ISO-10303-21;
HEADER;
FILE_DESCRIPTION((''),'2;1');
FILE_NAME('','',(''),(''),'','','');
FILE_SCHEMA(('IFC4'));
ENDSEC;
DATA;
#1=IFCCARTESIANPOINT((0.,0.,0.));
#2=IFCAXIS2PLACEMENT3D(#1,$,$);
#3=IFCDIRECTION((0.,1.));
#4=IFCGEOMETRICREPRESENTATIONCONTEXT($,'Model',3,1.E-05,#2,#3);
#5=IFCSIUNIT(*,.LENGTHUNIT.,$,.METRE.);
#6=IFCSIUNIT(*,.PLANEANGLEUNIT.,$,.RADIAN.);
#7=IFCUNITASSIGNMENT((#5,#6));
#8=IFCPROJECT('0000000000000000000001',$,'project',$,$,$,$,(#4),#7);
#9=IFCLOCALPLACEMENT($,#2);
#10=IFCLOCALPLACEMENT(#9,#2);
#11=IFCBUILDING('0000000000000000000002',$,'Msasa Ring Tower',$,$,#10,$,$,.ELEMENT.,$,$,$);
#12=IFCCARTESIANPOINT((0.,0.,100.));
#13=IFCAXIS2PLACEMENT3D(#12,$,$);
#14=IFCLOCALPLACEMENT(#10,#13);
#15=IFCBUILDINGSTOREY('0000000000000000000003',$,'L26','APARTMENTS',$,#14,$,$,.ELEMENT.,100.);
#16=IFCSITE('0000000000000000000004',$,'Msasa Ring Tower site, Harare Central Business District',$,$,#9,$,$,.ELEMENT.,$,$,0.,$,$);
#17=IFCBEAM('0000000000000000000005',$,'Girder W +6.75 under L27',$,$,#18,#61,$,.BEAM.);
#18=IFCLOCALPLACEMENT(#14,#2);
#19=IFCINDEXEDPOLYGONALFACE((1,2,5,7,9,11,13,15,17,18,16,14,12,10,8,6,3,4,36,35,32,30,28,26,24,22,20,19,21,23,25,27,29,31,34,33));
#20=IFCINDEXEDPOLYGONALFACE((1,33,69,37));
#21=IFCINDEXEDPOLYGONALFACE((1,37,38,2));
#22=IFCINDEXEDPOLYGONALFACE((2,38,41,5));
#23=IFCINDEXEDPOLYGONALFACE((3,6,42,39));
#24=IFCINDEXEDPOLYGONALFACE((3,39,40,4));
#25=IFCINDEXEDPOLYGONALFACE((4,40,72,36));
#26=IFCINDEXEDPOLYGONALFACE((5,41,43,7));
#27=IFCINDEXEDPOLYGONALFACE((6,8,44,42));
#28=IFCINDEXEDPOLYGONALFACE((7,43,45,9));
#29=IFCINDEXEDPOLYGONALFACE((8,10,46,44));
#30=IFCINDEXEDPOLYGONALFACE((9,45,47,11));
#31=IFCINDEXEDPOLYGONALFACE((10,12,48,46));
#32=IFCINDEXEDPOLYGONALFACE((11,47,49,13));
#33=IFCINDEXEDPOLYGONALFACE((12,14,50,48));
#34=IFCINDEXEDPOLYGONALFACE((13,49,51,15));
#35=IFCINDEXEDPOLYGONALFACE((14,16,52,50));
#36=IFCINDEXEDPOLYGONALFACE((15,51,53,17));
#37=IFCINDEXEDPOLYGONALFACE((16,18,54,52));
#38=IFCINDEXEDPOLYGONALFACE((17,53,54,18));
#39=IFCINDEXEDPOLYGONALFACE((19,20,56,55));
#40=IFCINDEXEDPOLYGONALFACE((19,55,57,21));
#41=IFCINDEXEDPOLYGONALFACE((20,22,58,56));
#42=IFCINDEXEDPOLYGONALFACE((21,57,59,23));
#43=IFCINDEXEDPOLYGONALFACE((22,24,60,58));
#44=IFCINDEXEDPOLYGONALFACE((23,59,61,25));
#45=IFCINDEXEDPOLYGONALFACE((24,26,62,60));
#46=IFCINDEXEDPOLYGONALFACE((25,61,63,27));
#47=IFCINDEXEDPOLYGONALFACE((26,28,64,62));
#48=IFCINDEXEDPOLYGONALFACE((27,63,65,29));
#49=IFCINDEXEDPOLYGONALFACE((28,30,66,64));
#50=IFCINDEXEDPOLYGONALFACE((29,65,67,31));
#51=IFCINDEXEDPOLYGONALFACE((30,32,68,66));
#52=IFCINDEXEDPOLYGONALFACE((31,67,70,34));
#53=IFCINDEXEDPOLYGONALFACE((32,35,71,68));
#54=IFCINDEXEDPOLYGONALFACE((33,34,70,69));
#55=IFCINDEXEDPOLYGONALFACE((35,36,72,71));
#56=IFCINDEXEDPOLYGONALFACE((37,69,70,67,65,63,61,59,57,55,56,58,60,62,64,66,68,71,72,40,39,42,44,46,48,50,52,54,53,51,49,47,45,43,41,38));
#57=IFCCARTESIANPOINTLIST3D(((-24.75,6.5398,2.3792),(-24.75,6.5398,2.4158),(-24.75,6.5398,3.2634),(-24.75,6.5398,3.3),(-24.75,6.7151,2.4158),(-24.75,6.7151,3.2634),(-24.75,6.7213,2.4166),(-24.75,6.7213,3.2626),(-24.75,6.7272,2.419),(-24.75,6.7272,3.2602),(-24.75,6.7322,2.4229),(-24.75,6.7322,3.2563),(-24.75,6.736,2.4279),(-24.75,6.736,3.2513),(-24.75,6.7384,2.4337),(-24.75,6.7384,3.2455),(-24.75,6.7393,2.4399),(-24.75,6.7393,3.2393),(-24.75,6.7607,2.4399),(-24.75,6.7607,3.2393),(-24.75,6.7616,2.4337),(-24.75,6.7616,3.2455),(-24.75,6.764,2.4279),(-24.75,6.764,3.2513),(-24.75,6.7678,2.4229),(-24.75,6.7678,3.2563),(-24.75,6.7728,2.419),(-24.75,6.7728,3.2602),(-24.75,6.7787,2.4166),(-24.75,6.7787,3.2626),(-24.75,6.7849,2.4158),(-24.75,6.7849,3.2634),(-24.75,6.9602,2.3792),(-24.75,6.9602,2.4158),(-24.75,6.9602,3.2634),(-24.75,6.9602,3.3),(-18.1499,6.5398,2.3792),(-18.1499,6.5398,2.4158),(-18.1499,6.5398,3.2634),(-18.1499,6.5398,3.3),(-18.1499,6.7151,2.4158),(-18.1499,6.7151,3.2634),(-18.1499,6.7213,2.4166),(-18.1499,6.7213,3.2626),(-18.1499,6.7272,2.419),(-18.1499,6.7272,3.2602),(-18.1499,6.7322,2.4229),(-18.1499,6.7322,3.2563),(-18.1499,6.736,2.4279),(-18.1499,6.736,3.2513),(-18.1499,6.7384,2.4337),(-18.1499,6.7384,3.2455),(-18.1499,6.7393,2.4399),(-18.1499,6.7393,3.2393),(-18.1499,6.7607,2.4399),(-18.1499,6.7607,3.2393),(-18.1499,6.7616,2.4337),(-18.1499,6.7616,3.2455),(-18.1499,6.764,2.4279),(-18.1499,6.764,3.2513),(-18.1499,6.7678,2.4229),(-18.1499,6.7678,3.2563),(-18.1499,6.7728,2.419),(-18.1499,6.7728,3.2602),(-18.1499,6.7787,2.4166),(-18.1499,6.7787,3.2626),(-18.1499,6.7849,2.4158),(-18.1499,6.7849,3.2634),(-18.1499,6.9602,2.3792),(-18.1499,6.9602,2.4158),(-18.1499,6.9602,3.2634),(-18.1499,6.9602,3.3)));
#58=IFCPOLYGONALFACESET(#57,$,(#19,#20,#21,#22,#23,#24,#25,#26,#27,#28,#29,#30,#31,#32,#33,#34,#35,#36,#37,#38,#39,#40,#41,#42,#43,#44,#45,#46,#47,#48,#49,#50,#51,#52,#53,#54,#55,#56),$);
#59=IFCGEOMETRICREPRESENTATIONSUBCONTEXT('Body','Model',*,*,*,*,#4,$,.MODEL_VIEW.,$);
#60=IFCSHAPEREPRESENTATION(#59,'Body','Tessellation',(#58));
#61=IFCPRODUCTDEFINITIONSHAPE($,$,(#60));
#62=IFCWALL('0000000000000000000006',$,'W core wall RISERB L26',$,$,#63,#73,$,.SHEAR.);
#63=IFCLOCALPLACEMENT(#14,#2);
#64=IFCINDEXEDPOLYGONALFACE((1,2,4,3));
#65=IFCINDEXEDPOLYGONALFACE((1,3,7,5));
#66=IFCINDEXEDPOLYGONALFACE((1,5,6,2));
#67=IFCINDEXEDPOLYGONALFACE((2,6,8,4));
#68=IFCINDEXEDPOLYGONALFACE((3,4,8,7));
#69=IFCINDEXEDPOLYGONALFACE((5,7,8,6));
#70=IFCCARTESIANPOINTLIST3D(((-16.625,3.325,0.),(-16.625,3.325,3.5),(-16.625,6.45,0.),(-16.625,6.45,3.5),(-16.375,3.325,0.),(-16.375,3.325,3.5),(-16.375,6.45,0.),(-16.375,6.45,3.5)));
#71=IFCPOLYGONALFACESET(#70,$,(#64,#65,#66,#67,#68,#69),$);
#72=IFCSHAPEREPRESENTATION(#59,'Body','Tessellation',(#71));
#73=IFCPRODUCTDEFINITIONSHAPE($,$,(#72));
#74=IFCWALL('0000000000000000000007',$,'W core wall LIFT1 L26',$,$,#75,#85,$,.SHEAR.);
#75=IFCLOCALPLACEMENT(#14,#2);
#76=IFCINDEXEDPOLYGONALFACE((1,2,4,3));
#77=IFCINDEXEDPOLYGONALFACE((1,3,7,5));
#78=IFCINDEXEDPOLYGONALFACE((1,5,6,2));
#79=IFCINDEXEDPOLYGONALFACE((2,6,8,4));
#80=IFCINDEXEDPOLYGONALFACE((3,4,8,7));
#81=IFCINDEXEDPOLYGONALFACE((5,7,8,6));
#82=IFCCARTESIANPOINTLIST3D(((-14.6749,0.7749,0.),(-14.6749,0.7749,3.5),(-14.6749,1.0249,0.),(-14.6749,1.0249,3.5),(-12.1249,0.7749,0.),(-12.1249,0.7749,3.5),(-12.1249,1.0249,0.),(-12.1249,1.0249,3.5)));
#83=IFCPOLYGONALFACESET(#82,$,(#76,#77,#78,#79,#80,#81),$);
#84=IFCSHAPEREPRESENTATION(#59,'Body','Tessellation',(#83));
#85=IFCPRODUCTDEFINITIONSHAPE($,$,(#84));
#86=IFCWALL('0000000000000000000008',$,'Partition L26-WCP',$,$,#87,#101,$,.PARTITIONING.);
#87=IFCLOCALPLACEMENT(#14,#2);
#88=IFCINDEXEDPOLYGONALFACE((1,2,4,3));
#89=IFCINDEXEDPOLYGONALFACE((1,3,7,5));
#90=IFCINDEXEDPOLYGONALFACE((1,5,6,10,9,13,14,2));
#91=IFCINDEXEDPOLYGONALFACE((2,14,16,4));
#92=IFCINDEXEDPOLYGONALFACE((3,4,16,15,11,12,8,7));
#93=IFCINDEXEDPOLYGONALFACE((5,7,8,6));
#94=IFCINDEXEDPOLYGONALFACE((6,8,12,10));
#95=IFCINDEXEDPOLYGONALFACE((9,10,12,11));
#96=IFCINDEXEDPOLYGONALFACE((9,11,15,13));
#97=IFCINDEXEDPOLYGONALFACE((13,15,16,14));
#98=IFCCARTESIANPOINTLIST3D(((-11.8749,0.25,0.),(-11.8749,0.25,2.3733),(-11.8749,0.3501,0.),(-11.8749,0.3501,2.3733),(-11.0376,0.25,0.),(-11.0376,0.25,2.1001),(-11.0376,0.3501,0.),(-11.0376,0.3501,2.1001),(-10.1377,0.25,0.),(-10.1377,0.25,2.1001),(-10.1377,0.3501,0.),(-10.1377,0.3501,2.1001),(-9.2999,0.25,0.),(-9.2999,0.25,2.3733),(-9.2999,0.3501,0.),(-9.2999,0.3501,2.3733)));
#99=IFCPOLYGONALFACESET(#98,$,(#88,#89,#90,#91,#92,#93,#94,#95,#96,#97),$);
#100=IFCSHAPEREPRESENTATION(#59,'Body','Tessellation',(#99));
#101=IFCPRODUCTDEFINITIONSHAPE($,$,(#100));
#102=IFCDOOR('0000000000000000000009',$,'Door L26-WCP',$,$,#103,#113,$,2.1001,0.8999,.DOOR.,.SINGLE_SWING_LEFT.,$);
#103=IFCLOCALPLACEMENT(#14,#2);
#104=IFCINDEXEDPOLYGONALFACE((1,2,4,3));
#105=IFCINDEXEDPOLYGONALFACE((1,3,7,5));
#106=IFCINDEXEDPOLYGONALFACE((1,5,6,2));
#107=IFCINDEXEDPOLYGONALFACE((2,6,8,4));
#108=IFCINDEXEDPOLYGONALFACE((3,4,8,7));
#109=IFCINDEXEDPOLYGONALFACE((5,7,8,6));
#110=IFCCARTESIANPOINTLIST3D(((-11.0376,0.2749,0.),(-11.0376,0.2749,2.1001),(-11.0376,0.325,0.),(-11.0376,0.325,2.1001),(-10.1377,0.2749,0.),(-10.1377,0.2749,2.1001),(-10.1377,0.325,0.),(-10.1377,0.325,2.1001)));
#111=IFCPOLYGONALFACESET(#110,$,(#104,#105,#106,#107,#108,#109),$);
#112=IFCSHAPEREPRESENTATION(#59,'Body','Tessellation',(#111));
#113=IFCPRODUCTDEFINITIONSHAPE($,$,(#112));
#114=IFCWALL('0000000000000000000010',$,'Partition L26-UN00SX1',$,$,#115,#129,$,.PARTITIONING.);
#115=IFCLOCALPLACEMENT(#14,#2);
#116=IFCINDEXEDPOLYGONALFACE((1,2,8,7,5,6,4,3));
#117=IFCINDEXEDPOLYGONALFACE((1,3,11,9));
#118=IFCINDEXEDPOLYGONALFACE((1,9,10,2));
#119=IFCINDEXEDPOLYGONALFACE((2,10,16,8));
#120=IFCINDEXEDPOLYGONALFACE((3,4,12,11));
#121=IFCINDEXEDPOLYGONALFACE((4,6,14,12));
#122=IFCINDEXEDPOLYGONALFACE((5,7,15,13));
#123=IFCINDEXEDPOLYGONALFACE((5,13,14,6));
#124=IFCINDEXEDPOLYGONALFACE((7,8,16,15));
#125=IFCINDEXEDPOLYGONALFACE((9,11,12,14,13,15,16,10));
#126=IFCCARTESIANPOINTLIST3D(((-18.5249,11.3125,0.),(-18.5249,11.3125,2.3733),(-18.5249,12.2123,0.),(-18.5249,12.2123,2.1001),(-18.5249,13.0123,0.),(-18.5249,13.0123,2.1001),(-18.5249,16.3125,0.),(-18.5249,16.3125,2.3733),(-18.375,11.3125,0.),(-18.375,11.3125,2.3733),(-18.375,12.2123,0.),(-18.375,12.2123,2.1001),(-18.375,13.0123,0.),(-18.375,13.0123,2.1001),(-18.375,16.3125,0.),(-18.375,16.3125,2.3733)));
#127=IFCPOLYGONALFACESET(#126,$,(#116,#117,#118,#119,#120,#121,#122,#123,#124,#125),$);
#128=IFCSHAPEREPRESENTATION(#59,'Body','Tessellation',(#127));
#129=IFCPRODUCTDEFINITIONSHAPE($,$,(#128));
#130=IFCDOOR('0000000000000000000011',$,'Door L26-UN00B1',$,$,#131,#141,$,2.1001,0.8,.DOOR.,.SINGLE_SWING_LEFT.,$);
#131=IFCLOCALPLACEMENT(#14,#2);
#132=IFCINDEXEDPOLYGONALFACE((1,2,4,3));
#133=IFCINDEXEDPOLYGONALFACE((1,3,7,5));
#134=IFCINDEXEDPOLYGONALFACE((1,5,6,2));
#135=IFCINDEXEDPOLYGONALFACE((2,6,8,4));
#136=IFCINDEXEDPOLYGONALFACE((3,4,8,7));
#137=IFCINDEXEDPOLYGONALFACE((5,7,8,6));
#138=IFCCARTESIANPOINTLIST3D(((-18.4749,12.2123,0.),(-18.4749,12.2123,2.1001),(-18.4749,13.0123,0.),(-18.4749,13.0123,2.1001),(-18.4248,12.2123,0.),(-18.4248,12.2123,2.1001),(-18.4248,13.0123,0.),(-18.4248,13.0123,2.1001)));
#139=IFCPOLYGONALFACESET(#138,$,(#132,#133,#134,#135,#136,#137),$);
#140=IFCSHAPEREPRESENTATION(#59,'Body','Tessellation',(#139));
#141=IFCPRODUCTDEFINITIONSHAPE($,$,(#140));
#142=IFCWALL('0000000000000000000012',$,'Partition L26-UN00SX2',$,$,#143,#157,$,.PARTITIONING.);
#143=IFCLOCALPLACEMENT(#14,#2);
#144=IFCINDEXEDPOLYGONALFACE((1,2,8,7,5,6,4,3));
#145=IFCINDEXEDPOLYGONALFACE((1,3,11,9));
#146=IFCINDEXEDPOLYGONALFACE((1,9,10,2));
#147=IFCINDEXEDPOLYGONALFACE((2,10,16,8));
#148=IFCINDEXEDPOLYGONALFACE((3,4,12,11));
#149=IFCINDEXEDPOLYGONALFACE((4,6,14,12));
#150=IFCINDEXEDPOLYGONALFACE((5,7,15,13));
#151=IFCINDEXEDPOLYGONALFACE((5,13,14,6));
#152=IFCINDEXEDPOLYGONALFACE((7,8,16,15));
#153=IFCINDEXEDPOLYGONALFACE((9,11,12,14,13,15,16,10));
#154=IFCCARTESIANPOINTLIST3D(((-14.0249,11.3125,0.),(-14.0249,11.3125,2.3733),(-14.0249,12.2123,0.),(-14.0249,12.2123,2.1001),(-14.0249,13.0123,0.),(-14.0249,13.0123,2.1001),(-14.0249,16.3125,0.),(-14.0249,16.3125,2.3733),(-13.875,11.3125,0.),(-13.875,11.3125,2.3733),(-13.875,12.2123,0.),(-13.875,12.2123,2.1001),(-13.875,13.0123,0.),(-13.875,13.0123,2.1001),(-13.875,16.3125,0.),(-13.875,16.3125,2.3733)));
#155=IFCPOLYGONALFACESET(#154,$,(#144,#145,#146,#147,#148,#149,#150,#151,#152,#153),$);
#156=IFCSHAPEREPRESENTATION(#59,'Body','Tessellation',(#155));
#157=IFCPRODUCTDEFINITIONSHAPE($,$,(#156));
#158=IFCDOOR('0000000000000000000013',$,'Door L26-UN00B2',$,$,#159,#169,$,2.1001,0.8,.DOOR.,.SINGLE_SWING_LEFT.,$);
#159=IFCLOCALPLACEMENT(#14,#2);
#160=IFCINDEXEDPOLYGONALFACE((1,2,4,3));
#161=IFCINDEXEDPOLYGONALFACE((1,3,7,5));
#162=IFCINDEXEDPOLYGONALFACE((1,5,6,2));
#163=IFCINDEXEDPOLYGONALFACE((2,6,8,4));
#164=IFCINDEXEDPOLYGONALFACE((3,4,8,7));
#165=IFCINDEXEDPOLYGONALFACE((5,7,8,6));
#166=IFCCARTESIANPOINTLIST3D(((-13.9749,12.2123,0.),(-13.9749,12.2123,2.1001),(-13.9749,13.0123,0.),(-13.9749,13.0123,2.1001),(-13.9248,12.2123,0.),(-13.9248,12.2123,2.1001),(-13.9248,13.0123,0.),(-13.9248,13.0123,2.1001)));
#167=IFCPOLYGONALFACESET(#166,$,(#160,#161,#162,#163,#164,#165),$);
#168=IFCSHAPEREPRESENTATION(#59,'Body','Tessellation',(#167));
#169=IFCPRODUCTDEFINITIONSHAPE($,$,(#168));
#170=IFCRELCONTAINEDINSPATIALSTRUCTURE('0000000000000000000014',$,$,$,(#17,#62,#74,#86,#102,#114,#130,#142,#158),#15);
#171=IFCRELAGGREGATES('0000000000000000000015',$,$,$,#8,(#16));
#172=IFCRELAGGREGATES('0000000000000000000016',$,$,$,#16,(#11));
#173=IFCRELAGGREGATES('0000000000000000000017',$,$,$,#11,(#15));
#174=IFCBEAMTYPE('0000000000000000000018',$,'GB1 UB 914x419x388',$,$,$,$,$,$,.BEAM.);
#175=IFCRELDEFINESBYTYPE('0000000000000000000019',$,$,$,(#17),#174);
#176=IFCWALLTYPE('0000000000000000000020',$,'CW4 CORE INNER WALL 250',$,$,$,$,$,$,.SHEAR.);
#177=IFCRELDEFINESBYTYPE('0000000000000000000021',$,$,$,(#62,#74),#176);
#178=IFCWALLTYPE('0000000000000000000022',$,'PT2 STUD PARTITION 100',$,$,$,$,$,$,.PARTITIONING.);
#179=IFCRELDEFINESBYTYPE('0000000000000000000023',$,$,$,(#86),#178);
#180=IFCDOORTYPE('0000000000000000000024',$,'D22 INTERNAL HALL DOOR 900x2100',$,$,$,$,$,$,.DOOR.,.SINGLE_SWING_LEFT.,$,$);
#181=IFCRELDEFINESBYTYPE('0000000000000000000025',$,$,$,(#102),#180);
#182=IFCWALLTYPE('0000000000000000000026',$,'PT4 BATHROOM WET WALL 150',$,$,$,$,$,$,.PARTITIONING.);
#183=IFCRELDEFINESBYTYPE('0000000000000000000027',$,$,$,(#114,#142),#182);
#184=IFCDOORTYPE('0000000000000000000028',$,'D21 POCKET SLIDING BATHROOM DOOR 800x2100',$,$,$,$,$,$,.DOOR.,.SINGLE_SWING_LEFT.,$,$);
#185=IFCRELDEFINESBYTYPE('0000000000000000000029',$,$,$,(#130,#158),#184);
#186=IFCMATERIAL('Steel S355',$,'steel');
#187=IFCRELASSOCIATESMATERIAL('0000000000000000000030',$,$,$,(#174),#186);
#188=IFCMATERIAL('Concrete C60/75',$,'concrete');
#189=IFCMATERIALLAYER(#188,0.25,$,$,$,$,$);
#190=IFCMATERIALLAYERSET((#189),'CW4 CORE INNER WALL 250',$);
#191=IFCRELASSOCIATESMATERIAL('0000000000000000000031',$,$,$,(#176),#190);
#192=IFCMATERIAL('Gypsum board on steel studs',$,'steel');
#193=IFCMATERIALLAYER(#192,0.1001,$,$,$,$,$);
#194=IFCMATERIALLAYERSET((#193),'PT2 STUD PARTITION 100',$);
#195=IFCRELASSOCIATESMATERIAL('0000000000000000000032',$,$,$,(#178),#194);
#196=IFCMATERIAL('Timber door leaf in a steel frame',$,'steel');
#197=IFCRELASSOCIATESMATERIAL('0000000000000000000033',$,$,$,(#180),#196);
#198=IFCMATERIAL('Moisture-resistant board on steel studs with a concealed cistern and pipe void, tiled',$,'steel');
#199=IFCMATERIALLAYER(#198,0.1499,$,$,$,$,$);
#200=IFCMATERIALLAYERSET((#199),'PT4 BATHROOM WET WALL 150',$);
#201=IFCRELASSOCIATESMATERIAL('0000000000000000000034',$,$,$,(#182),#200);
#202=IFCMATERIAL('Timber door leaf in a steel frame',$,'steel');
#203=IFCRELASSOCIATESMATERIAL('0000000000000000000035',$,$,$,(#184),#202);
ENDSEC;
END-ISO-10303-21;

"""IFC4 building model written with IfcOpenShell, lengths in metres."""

from ifc_helpers import new_model, si_unit, direction, frame, frame_2d, origin, origin_2d, place, context, subcontext, project, spatial, rectangle, i_section, extrude, material, layer, layer_set, material_profile, profile_set, type_object, element, fill, save


model = new_model("IFC4")

# Units and contexts
model_context = context("Model", 3, precision=1e-05, world=origin(), true_north=direction((0.0, 1.0)))
body_context = subcontext(model_context, "Body", "Model", "MODEL_VIEW")
ifc_project = project(units=[si_unit("LENGTHUNIT", "METRE"), si_unit("PLANEANGLEUNIT", "RADIAN")], contexts=[model_context])

# Site, building, storey
site_placement = place(None, origin())
site = spatial("IfcSite", under=ifc_project, at=site_placement, Name="Msasa Ring Tower site, Harare Central Business District", CompositionType="ELEMENT", RefElevation=0.0)
building_placement = place(site_placement, origin())
building = spatial("IfcBuilding", under=site, at=building_placement, Name="Msasa Ring Tower", CompositionType="ELEMENT")
storey_placement = place(building_placement, frame((0.0, 0.0, 100.0)))
storey = spatial("IfcBuildingStorey", under=building, at=storey_placement, Name="L26", Description="APARTMENTS", CompositionType="ELEMENT", Elevation=100.0)

# Beam
ifc_material_1 = material(Name="Steel S355", Category="steel")
ifc_material_profile = material_profile(ifc_material_1, i_section(OverallWidth=0.4204, OverallDepth=0.9209, WebThickness=0.0215, FlangeThickness=0.0366, FilletRadius=0.0242, at=origin_2d()), Name="UB 914x419x388")
ifc_profile_set = profile_set([ifc_material_profile], Name="Steel S355")
beam_type = type_object("IfcBeamType", Name="GB1 UB 914x419x388", PredefinedType="BEAM", material=ifc_profile_set)
beam_placement = place(storey_placement, frame((-18.1499, 6.75, 2.8396), z_axis=(-1.0, 0.0, 0.0), x_axis=(0.0, -1.0, 0.0)))
element("IfcBeam", 1, at=beam_placement, inside=storey, type_object=beam_type, Name="Girder W +6.75 under L27", PredefinedType="BEAM", context=body_context, shape_type="SweptSolid", body=[
    extrude(i_section(OverallWidth=0.4204, OverallDepth=0.9209, WebThickness=0.0215, FlangeThickness=0.0366, FilletRadius=0.0242, at=origin_2d()), origin(), (0.0, 0.0, 1.0), 6.6001),
])

# Walls
ifc_material_2 = material(Name="Concrete C60/75", Category="concrete")
ifc_layer_1 = layer(ifc_material_2, 0.25)
ifc_layer_set_1 = layer_set([ifc_layer_1], Name="CW4 CORE INNER WALL 250")
wall_type_1 = type_object("IfcWallType", Name="CW4 CORE INNER WALL 250", PredefinedType="SHEAR", material=ifc_layer_set_1)
wall_1_placement = place(storey_placement, frame((-16.5, 3.325, 0.0), z_axis=(0.0, 0.0, 1.0), x_axis=(0.0, 1.0, 0.0)))
element("IfcWall", 2, at=wall_1_placement, inside=storey, type_object=wall_type_1, Name="W core wall RISERB L26", PredefinedType="SHEAR", context=body_context, shape_type="SweptSolid", body=[
    extrude(rectangle(XDim=3.125, YDim=0.25, at=frame_2d((1.5625, 0.0))), origin(), (0.0, 0.0, 1.0), 3.5),
])
wall_2_placement = place(storey_placement, frame((-12.125, 0.8999, 0.0), z_axis=(0.0, 0.0, 1.0), x_axis=(-1.0, 0.0, 0.0)))
element("IfcWall", 3, at=wall_2_placement, inside=storey, type_object=wall_type_1, Name="W core wall LIFT1 L26", PredefinedType="SHEAR", context=body_context, shape_type="SweptSolid", body=[
    extrude(rectangle(XDim=2.55, YDim=0.25, at=frame_2d((1.2749, 0.0))), origin(), (0.0, 0.0, 1.0), 3.5),
])

# Walls, openings, doors
ifc_material_3 = material(Name="Gypsum board on steel studs", Category="steel")
ifc_layer_2 = layer(ifc_material_3, 0.1001)
ifc_layer_set_2 = layer_set([ifc_layer_2], Name="PT2 STUD PARTITION 100")
wall_type_2 = type_object("IfcWallType", Name="PT2 STUD PARTITION 100", PredefinedType="PARTITIONING", material=ifc_layer_set_2)
wall_3_placement = place(storey_placement, frame((-11.875, 0.3, 0.0), z_axis=(0.0, 0.0, 1.0), x_axis=(1.0, 0.0, 0.0)))
wall_3 = element("IfcWall", 4, at=wall_3_placement, inside=storey, type_object=wall_type_2, Name="Partition L26-WCP", PredefinedType="PARTITIONING", context=body_context, shape_type="SweptSolid", body=[
    extrude(rectangle(XDim=2.575, YDim=0.1001, at=frame_2d((1.2876, 0.0))), origin(), (0.0, 0.0, 1.0), 2.3733),
])
opening_1_placement = place(wall_3_placement, frame((0.8374, 0.0, 0.0)))
opening_1 = element("IfcOpeningElement", 5, at=opening_1_placement, cuts=wall_3, PredefinedType="OPENING", context=body_context, shape_type="SweptSolid", body=[
    extrude(rectangle(XDim=0.8999, YDim=2.1001, at=frame_2d((0.45, 1.05))), frame((0.0, 0.0601, 0.0), z_axis=(0.0, -1.0, 0.0), x_axis=(1.0, 0.0, 0.0)), (0.0, 0.0, 1.0), 0.1201),
])
ifc_material_4 = material(Name="Timber door leaf in a steel frame", Category="steel")
door_type_1 = type_object("IfcDoorType", Name="D22 INTERNAL HALL DOOR 900x2100", OperationType="SINGLE_SWING_LEFT", PredefinedType="DOOR", material=ifc_material_4)
door_1_placement = place(opening_1_placement, origin())
door_1 = element("IfcDoor", 6, at=door_1_placement, inside=storey, type_object=door_type_1, Name="Door L26-WCP", OperationType="SINGLE_SWING_LEFT", OverallHeight=2.1001, OverallWidth=0.8999, PredefinedType="DOOR", context=body_context, shape_type="SweptSolid", body=[
    extrude(rectangle(XDim=0.8999, YDim=2.1001, at=frame_2d((0.45, 1.05))), frame((0.0, 0.0249, 0.0), z_axis=(0.0, -1.0, 0.0), x_axis=(1.0, 0.0, 0.0)), (0.0, 0.0, 1.0), 0.05),
])
fill(opening_1, door_1)
ifc_material_5 = material(Name="Moisture-resistant board on steel studs with a concealed cistern and pipe void, tiled", Category="steel")
ifc_layer_3 = layer(ifc_material_5, 0.1499)
ifc_layer_set_3 = layer_set([ifc_layer_3], Name="PT4 BATHROOM WET WALL 150")
wall_type_3 = type_object("IfcWallType", Name="PT4 BATHROOM WET WALL 150", PredefinedType="PARTITIONING", material=ifc_layer_set_3)
wall_4_placement = place(storey_placement, frame((-18.45, 11.3125, 0.0), z_axis=(0.0, 0.0, 1.0), x_axis=(0.0, 1.0, 0.0)))
wall_4 = element("IfcWall", 7, at=wall_4_placement, inside=storey, type_object=wall_type_3, Name="Partition L26-UN00SX1", PredefinedType="PARTITIONING", context=body_context, shape_type="SweptSolid", body=[
    extrude(rectangle(XDim=5.0, YDim=0.1499, at=frame_2d((2.5, 0.0))), origin(), (0.0, 0.0, 1.0), 2.3733),
])
opening_2_placement = place(wall_4_placement, frame((0.8999, 0.0, 0.0)))
opening_2 = element("IfcOpeningElement", 8, at=opening_2_placement, cuts=wall_4, PredefinedType="OPENING", context=body_context, shape_type="SweptSolid", body=[
    extrude(rectangle(XDim=0.8, YDim=2.1001, at=frame_2d((0.3999, 1.05))), frame((0.0, 0.085, 0.0), z_axis=(0.0, -1.0, 0.0), x_axis=(1.0, 0.0, 0.0)), (0.0, 0.0, 1.0), 0.1699),
])
ifc_material_6 = material(Name="Timber door leaf in a steel frame", Category="steel")
door_type_2 = type_object("IfcDoorType", Name="D21 POCKET SLIDING BATHROOM DOOR 800x2100", OperationType="SINGLE_SWING_LEFT", PredefinedType="DOOR", material=ifc_material_6)
door_2_placement = place(opening_2_placement, origin())
door_2 = element("IfcDoor", 9, at=door_2_placement, inside=storey, type_object=door_type_2, Name="Door L26-UN00B1", OperationType="SINGLE_SWING_LEFT", OverallHeight=2.1001, OverallWidth=0.8, PredefinedType="DOOR", context=body_context, shape_type="SweptSolid", body=[
    extrude(rectangle(XDim=0.8, YDim=2.1001, at=frame_2d((0.3999, 1.05))), frame((0.0, 0.0249, 0.0), z_axis=(0.0, -1.0, 0.0), x_axis=(1.0, 0.0, 0.0)), (0.0, 0.0, 1.0), 0.05),
])
fill(opening_2, door_2)
wall_5_placement = place(storey_placement, frame((-13.95, 11.3125, 0.0), z_axis=(0.0, 0.0, 1.0), x_axis=(0.0, 1.0, 0.0)))
wall_5 = element("IfcWall", 10, at=wall_5_placement, inside=storey, type_object=wall_type_3, Name="Partition L26-UN00SX2", PredefinedType="PARTITIONING", context=body_context, shape_type="SweptSolid", body=[
    extrude(rectangle(XDim=5.0, YDim=0.1499, at=frame_2d((2.5, 0.0))), origin(), (0.0, 0.0, 1.0), 2.3733),
])
opening_3_placement = place(wall_5_placement, frame((0.8999, 0.0, 0.0)))
opening_3 = element("IfcOpeningElement", 11, at=opening_3_placement, cuts=wall_5, PredefinedType="OPENING", context=body_context, shape_type="SweptSolid", body=[
    extrude(rectangle(XDim=0.8, YDim=2.1001, at=frame_2d((0.3999, 1.05))), frame((0.0, 0.085, 0.0), z_axis=(0.0, -1.0, 0.0), x_axis=(1.0, 0.0, 0.0)), (0.0, 0.0, 1.0), 0.1699),
])
door_3_placement = place(opening_3_placement, origin())
door_3 = element("IfcDoor", 12, at=door_3_placement, inside=storey, type_object=door_type_2, Name="Door L26-UN00B2", OperationType="SINGLE_SWING_LEFT", OverallHeight=2.1001, OverallWidth=0.8, PredefinedType="DOOR", context=body_context, shape_type="SweptSolid", body=[
    extrude(rectangle(XDim=0.8, YDim=2.1001, at=frame_2d((0.3999, 1.05))), frame((0.0, 0.0249, 0.0), z_axis=(0.0, -1.0, 0.0), x_axis=(1.0, 0.0, 0.0)), (0.0, 0.0, 1.0), 0.05),
])
fill(opening_3, door_3)

save(model, "model.ifc")
